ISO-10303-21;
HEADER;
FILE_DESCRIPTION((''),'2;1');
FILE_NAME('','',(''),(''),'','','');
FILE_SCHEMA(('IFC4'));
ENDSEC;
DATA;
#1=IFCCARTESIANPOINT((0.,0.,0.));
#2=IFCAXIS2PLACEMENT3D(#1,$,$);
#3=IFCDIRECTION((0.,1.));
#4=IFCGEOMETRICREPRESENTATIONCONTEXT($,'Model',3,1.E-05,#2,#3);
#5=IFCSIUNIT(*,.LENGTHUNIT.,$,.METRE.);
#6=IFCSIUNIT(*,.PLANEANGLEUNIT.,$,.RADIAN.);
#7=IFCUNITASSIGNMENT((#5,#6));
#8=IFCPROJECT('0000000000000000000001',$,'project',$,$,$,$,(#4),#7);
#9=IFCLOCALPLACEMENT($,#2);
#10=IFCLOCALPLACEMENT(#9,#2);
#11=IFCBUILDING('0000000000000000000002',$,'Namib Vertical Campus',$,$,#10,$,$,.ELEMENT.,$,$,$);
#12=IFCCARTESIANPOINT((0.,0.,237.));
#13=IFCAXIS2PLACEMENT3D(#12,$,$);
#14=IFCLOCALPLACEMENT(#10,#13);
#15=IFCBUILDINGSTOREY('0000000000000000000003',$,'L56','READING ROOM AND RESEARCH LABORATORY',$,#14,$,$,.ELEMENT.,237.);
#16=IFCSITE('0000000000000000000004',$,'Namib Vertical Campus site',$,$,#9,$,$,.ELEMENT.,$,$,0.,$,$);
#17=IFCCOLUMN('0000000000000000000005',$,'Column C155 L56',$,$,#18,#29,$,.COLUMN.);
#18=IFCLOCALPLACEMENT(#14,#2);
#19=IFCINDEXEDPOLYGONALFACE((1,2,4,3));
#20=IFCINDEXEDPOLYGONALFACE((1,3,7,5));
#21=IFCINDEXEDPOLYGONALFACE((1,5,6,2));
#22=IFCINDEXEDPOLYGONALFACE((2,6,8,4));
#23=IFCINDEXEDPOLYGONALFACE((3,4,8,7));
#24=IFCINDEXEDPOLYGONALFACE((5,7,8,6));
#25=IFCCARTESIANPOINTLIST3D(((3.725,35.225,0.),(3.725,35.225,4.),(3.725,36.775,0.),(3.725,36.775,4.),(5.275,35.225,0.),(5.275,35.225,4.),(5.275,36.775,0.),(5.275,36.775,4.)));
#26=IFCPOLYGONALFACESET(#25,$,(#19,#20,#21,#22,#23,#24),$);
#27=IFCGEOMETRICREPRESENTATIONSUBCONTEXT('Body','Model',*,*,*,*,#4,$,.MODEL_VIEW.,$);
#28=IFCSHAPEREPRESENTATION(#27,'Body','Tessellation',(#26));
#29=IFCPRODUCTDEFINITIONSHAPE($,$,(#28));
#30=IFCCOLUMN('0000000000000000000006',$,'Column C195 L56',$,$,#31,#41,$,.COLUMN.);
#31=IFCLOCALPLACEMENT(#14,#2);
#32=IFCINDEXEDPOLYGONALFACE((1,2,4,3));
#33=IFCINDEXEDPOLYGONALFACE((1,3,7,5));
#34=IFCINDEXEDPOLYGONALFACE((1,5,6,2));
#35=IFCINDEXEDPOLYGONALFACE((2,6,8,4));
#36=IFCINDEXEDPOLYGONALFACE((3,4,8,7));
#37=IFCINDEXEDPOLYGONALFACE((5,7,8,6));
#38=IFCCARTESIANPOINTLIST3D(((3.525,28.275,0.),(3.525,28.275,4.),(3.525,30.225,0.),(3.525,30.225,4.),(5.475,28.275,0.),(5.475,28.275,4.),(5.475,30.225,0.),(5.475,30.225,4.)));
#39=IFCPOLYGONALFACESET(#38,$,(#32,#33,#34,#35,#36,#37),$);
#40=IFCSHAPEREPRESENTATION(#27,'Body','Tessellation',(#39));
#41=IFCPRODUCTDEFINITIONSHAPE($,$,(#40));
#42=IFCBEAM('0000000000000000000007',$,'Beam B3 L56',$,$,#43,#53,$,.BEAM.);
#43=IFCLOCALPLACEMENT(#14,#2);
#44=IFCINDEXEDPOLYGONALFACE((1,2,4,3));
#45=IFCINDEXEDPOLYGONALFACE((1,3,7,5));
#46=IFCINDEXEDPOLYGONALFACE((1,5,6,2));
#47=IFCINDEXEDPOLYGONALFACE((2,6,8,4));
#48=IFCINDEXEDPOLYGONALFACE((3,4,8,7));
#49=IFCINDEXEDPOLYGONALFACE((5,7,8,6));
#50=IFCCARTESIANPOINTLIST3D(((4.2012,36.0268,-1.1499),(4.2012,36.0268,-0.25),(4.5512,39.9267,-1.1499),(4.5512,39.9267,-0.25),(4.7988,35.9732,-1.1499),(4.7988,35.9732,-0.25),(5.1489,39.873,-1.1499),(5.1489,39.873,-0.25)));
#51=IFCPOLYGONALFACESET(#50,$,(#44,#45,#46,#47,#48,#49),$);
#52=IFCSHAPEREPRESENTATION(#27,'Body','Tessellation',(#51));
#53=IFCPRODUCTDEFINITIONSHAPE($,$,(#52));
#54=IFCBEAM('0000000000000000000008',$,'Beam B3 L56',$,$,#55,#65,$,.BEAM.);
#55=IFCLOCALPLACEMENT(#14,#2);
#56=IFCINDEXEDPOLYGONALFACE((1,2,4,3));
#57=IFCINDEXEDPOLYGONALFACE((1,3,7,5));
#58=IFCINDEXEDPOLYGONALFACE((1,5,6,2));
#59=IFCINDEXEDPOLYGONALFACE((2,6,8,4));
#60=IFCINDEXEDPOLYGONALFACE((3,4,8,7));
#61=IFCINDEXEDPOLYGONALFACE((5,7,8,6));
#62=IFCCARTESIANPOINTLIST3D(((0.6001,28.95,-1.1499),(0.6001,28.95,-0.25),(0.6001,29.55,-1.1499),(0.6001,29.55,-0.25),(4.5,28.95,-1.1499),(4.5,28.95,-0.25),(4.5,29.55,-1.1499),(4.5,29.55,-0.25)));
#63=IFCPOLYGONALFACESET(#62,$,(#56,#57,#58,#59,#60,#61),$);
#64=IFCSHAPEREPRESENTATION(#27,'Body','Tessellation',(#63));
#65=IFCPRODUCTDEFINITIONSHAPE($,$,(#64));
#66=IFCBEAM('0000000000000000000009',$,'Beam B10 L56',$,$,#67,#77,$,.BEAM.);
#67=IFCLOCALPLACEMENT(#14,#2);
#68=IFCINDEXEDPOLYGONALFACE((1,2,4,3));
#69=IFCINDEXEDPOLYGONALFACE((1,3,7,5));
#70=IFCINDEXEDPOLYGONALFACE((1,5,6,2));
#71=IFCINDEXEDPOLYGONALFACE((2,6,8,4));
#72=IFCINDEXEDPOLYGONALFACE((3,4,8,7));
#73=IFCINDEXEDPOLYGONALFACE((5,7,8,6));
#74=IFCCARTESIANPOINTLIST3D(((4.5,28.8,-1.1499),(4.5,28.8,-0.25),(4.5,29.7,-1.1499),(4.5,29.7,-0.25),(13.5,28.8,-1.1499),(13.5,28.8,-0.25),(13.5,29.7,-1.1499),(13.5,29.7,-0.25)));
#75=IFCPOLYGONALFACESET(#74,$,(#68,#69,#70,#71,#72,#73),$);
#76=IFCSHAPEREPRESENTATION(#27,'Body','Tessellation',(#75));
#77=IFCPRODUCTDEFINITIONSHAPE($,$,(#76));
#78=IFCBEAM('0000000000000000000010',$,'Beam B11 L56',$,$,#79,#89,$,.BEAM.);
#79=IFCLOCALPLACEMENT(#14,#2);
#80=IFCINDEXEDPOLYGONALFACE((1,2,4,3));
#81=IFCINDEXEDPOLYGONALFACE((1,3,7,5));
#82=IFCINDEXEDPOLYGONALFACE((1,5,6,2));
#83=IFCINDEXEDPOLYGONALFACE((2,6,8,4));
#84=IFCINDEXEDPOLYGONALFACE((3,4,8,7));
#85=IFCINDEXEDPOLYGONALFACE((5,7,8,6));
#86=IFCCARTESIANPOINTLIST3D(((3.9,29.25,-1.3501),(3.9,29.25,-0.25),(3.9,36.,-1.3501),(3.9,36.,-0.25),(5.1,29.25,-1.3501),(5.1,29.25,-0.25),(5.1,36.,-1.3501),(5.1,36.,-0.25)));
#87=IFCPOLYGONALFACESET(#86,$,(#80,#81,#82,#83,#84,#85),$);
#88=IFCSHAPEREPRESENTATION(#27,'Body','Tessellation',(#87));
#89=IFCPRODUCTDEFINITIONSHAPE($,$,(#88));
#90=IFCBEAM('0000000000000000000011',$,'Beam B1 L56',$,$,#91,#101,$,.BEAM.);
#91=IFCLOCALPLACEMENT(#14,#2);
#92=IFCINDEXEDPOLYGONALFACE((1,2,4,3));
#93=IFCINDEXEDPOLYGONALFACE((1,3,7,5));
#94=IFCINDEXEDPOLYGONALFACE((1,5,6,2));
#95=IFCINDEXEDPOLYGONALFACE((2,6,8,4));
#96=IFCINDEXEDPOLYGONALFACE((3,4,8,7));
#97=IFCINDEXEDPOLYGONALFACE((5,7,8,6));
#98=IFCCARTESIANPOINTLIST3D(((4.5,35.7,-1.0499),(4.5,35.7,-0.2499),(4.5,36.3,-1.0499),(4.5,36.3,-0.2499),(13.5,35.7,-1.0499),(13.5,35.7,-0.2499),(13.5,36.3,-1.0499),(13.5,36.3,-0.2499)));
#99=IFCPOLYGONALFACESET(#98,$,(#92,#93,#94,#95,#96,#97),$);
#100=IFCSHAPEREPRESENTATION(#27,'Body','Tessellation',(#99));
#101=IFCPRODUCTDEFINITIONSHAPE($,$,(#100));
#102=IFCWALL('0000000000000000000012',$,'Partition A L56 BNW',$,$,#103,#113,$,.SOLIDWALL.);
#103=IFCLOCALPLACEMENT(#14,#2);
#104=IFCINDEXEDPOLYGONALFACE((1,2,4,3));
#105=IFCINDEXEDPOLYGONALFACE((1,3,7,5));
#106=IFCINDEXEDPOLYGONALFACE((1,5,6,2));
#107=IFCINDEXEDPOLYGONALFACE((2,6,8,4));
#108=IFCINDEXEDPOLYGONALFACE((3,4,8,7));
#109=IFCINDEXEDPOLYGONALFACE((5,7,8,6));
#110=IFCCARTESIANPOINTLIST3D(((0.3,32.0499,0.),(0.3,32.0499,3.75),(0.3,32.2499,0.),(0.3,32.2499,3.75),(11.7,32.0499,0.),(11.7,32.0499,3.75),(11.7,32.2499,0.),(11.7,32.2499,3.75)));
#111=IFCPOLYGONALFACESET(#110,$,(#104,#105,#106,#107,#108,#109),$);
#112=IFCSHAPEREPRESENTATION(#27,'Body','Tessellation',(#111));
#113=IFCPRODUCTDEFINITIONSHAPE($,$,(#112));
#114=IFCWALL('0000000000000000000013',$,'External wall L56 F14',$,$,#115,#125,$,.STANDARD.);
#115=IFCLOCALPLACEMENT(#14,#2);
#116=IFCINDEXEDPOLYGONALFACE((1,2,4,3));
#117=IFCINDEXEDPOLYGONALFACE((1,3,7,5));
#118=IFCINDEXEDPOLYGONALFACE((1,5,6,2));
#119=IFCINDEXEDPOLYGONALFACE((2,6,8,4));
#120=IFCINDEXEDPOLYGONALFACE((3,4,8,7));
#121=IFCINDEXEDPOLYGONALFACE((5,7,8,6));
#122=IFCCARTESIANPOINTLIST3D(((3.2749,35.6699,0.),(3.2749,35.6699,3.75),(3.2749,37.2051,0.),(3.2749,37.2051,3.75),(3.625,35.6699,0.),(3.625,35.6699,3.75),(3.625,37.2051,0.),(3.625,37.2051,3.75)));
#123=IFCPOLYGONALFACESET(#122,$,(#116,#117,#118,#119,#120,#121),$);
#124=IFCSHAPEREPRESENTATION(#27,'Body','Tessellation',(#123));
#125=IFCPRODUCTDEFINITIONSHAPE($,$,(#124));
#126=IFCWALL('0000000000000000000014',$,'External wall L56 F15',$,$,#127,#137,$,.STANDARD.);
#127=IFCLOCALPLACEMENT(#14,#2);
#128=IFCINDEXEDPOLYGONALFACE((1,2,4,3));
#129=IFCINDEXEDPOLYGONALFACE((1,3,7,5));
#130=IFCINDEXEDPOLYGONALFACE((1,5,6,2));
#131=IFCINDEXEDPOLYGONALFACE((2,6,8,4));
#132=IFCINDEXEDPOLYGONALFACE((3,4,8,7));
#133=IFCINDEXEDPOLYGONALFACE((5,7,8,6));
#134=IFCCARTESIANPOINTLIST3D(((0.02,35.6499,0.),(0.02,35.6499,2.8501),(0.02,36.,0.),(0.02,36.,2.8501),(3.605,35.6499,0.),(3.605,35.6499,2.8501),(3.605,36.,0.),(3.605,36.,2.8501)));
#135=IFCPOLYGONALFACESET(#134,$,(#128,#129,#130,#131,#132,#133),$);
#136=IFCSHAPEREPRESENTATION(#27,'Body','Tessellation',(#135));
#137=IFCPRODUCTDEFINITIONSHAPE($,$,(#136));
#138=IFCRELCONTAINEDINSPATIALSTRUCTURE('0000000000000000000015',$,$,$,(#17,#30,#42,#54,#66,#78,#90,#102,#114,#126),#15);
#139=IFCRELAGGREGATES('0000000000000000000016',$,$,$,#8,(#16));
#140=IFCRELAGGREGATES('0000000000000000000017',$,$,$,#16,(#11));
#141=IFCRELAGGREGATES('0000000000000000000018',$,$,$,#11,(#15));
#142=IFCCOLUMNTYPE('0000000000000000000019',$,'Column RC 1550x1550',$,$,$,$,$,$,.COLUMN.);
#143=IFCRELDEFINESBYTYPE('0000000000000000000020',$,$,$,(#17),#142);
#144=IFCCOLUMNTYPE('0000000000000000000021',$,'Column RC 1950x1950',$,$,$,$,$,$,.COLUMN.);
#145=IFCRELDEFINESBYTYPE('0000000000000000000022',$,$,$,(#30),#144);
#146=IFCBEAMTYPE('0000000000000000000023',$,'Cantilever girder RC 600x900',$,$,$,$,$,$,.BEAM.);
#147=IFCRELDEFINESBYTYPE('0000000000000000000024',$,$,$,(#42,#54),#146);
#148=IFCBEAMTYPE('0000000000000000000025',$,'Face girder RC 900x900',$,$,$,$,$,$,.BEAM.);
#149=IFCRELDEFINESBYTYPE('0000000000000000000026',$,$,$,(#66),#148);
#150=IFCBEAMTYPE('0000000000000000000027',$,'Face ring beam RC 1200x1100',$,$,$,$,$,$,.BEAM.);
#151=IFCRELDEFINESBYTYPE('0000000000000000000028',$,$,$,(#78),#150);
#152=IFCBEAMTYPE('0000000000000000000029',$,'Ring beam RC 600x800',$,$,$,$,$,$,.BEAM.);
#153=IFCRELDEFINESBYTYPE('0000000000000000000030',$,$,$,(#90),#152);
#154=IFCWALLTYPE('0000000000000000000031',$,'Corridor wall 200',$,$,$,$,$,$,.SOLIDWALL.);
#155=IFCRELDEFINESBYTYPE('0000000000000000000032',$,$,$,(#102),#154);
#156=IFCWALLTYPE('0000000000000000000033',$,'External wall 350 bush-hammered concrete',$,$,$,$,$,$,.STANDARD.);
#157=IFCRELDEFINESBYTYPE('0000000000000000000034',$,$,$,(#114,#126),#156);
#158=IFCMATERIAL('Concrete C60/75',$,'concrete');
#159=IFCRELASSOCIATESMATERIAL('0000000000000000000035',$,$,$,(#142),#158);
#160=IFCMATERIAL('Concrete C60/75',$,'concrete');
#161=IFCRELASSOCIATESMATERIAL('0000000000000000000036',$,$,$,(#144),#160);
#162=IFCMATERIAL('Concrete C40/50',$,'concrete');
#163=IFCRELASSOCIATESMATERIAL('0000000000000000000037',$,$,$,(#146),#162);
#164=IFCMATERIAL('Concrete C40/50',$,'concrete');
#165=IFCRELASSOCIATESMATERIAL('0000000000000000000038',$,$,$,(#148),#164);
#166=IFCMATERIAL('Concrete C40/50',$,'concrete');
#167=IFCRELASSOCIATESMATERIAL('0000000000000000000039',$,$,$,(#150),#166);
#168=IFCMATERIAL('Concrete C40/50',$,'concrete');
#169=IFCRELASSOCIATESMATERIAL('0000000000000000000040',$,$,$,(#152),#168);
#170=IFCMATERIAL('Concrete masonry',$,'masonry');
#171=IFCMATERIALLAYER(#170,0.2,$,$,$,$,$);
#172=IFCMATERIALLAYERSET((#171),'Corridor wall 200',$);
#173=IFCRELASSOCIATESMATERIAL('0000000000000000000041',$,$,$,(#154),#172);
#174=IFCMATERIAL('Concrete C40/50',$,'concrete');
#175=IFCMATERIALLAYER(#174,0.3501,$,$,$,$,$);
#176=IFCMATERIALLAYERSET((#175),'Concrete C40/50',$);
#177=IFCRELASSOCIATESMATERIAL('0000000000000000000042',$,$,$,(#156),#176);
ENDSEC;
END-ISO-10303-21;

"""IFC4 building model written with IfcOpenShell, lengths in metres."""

from ifc_helpers import new_model, si_unit, direction, frame, frame_2d, origin, origin_2d, place, context, subcontext, project, spatial, rectangle, extrude, material, layer, layer_set, material_profile, profile_set, type_object, element, save


model = new_model("IFC4")

# Units and contexts
model_context = context("Model", 3, precision=1e-05, world=origin(), true_north=direction((0.0, 1.0)))
body_context = subcontext(model_context, "Body", "Model", "MODEL_VIEW")
ifc_project = project(units=[si_unit("LENGTHUNIT", "METRE"), si_unit("PLANEANGLEUNIT", "RADIAN")], contexts=[model_context])

# Site, building, storey
site_placement = place(None, origin())
site = spatial("IfcSite", under=ifc_project, at=site_placement, Name="Namib Vertical Campus site", CompositionType="ELEMENT", RefElevation=0.0)
building_placement = place(site_placement, origin())
building = spatial("IfcBuilding", under=site, at=building_placement, Name="Namib Vertical Campus", CompositionType="ELEMENT")
storey_placement = place(building_placement, frame((0.0, 0.0, 237.0)))
storey = spatial("IfcBuildingStorey", under=building, at=storey_placement, Name="L56", Description="READING ROOM AND RESEARCH LABORATORY", CompositionType="ELEMENT", Elevation=237.0)

# Columns
ifc_material_1 = material(Name="Concrete C60/75", Category="concrete")
ifc_material_profile_1 = material_profile(ifc_material_1, rectangle(XDim=1.55, YDim=1.55, at=origin_2d()))
ifc_profile_set_1 = profile_set([ifc_material_profile_1], Name="Concrete C60/75")
column_type_1 = type_object("IfcColumnType", Name="Column RC 1550x1550", PredefinedType="COLUMN", material=ifc_profile_set_1)
column_1_placement = place(storey_placement, frame((4.5, 36.0, 0.0), z_axis=(0.0, 0.0, 1.0), x_axis=(1.0, 0.0, 0.0)))
element("IfcColumn", 1, at=column_1_placement, inside=storey, type_object=column_type_1, Name="Column C155 L56", PredefinedType="COLUMN", context=body_context, shape_type="SweptSolid", body=[
    extrude(rectangle(XDim=1.55, YDim=1.55, at=origin_2d()), origin(), (0.0, 0.0, 1.0), 4.0),
])
ifc_material_2 = material(Name="Concrete C60/75", Category="concrete")
ifc_material_profile_2 = material_profile(ifc_material_2, rectangle(XDim=1.95, YDim=1.95, at=origin_2d()))
ifc_profile_set_2 = profile_set([ifc_material_profile_2], Name="Concrete C60/75")
column_type_2 = type_object("IfcColumnType", Name="Column RC 1950x1950", PredefinedType="COLUMN", material=ifc_profile_set_2)
column_2_placement = place(storey_placement, frame((4.5, 29.25, 0.0), z_axis=(0.0, 0.0, 1.0), x_axis=(1.0, 0.0, 0.0)))
element("IfcColumn", 2, at=column_2_placement, inside=storey, type_object=column_type_2, Name="Column C195 L56", PredefinedType="COLUMN", context=body_context, shape_type="SweptSolid", body=[
    extrude(rectangle(XDim=1.95, YDim=1.95, at=origin_2d()), origin(), (0.0, 0.0, 1.0), 4.0),
])

# Beams
ifc_material_3 = material(Name="Concrete C40/50", Category="concrete")
ifc_material_profile_3 = material_profile(ifc_material_3, rectangle(XDim=0.6001, YDim=0.8999, at=origin_2d()))
ifc_profile_set_3 = profile_set([ifc_material_profile_3], Name="Concrete C40/50")
beam_type_1 = type_object("IfcBeamType", Name="Cantilever girder RC 600x900", PredefinedType="BEAM", material=ifc_profile_set_3)
beam_1_placement = place(storey_placement, frame((4.5, 36.0, -0.7), z_axis=(0.089411, 0.995995, 0.0), x_axis=(-0.995995, 0.089411, 0.0)))
element("IfcBeam", 3, at=beam_1_placement, inside=storey, type_object=beam_type_1, Name="Beam B3 L56", PredefinedType="BEAM", context=body_context, shape_type="SweptSolid", body=[
    extrude(rectangle(XDim=0.6001, YDim=0.8999, at=origin_2d()), origin(), (0.0, 0.0, 1.0), 3.9155),
])
beam_2_placement = place(storey_placement, frame((4.5, 29.25, -0.7), z_axis=(-1.0, 0.0, 0.0), x_axis=(0.0, -1.0, 0.0)))
element("IfcBeam", 4, at=beam_2_placement, inside=storey, type_object=beam_type_1, Name="Beam B3 L56", PredefinedType="BEAM", context=body_context, shape_type="SweptSolid", body=[
    extrude(rectangle(XDim=0.6001, YDim=0.8999, at=origin_2d()), origin(), (0.0, 0.0, 1.0), 3.8999),
])
ifc_material_4 = material(Name="Concrete C40/50", Category="concrete")
ifc_material_profile_4 = material_profile(ifc_material_4, rectangle(XDim=0.8999, YDim=0.8999, at=origin_2d()))
ifc_profile_set_4 = profile_set([ifc_material_profile_4], Name="Concrete C40/50")
beam_type_2 = type_object("IfcBeamType", Name="Face girder RC 900x900", PredefinedType="BEAM", material=ifc_profile_set_4)
beam_3_placement = place(storey_placement, frame((4.5, 29.25, -0.7), z_axis=(1.0, 0.0, 0.0), x_axis=(0.0, 1.0, 0.0)))
element("IfcBeam", 5, at=beam_3_placement, inside=storey, type_object=beam_type_2, Name="Beam B10 L56", PredefinedType="BEAM", context=body_context, shape_type="SweptSolid", body=[
    extrude(rectangle(XDim=0.8999, YDim=0.8999, at=origin_2d()), origin(), (0.0, 0.0, 1.0), 9.0),
])
ifc_material_5 = material(Name="Concrete C40/50", Category="concrete")
ifc_material_profile_5 = material_profile(ifc_material_5, rectangle(XDim=1.2, YDim=1.1001, at=origin_2d()))
ifc_profile_set_5 = profile_set([ifc_material_profile_5], Name="Concrete C40/50")
beam_type_3 = type_object("IfcBeamType", Name="Face ring beam RC 1200x1100", PredefinedType="BEAM", material=ifc_profile_set_5)
beam_4_placement = place(storey_placement, frame((4.5, 29.25, -0.8), z_axis=(0.0, 1.0, 0.0), x_axis=(-1.0, 0.0, 0.0)))
element("IfcBeam", 6, at=beam_4_placement, inside=storey, type_object=beam_type_3, Name="Beam B11 L56", PredefinedType="BEAM", context=body_context, shape_type="SweptSolid", body=[
    extrude(rectangle(XDim=1.2, YDim=1.1001, at=origin_2d()), origin(), (0.0, 0.0, 1.0), 6.75),
])
ifc_material_6 = material(Name="Concrete C40/50", Category="concrete")
ifc_material_profile_6 = material_profile(ifc_material_6, rectangle(XDim=0.6001, YDim=0.8, at=origin_2d()))
ifc_profile_set_6 = profile_set([ifc_material_profile_6], Name="Concrete C40/50")
beam_type_4 = type_object("IfcBeamType", Name="Ring beam RC 600x800", PredefinedType="BEAM", material=ifc_profile_set_6)
beam_5_placement = place(storey_placement, frame((4.5, 36.0, -0.6499), z_axis=(1.0, 0.0, 0.0), x_axis=(0.0, 1.0, 0.0)))
element("IfcBeam", 7, at=beam_5_placement, inside=storey, type_object=beam_type_4, Name="Beam B1 L56", PredefinedType="BEAM", context=body_context, shape_type="SweptSolid", body=[
    extrude(rectangle(XDim=0.6001, YDim=0.8, at=origin_2d()), origin(), (0.0, 0.0, 1.0), 9.0),
])

# Walls
ifc_material_7 = material(Name="Concrete masonry", Category="masonry")
ifc_layer_1 = layer(ifc_material_7, 0.2)
ifc_layer_set_1 = layer_set([ifc_layer_1], Name="Corridor wall 200")
wall_type_1 = type_object("IfcWallType", Name="Corridor wall 200", PredefinedType="SOLIDWALL", material=ifc_layer_set_1)
wall_1_placement = place(storey_placement, frame((0.3, 32.1499, 0.0), z_axis=(0.0, 0.0, 1.0), x_axis=(1.0, 0.0, 0.0)))
element("IfcWall", 8, at=wall_1_placement, inside=storey, type_object=wall_type_1, Name="Partition A L56 BNW", PredefinedType="SOLIDWALL", context=body_context, shape_type="SweptSolid", body=[
    extrude(rectangle(XDim=11.3999, YDim=0.2, at=frame_2d((5.7, 0.0))), origin(), (0.0, 0.0, 1.0), 3.75),
])
ifc_material_8 = material(Name="Concrete C40/50", Category="concrete")
ifc_layer_2 = layer(ifc_material_8, 0.3501)
ifc_layer_set_2 = layer_set([ifc_layer_2], Name="Concrete C40/50")
wall_type_2 = type_object("IfcWallType", Name="External wall 350 bush-hammered concrete", PredefinedType="STANDARD", material=ifc_layer_set_2)
wall_2_placement = place(storey_placement, frame((3.45, 37.2051, 0.0), z_axis=(0.0, 0.0, 1.0), x_axis=(0.0, -1.0, 0.0)))
element("IfcWall", 9, at=wall_2_placement, inside=storey, type_object=wall_type_2, Name="External wall L56 F14", PredefinedType="STANDARD", context=body_context, shape_type="SweptSolid", body=[
    extrude(rectangle(XDim=1.5352, YDim=0.3501, at=frame_2d((0.7676, 0.0))), origin(), (0.0, 0.0, 1.0), 3.75),
])
wall_3_placement = place(storey_placement, frame((3.605, 35.825, 0.0), z_axis=(0.0, 0.0, 1.0), x_axis=(-1.0, 0.0, 0.0)))
element("IfcWall", 10, at=wall_3_placement, inside=storey, type_object=wall_type_2, Name="External wall L56 F15", PredefinedType="STANDARD", context=body_context, shape_type="SweptSolid", body=[
    extrude(rectangle(XDim=3.585, YDim=0.3501, at=frame_2d((1.7925, 0.0))), origin(), (0.0, 0.0, 1.0), 2.8501),
])

save(model, "model.ifc")
